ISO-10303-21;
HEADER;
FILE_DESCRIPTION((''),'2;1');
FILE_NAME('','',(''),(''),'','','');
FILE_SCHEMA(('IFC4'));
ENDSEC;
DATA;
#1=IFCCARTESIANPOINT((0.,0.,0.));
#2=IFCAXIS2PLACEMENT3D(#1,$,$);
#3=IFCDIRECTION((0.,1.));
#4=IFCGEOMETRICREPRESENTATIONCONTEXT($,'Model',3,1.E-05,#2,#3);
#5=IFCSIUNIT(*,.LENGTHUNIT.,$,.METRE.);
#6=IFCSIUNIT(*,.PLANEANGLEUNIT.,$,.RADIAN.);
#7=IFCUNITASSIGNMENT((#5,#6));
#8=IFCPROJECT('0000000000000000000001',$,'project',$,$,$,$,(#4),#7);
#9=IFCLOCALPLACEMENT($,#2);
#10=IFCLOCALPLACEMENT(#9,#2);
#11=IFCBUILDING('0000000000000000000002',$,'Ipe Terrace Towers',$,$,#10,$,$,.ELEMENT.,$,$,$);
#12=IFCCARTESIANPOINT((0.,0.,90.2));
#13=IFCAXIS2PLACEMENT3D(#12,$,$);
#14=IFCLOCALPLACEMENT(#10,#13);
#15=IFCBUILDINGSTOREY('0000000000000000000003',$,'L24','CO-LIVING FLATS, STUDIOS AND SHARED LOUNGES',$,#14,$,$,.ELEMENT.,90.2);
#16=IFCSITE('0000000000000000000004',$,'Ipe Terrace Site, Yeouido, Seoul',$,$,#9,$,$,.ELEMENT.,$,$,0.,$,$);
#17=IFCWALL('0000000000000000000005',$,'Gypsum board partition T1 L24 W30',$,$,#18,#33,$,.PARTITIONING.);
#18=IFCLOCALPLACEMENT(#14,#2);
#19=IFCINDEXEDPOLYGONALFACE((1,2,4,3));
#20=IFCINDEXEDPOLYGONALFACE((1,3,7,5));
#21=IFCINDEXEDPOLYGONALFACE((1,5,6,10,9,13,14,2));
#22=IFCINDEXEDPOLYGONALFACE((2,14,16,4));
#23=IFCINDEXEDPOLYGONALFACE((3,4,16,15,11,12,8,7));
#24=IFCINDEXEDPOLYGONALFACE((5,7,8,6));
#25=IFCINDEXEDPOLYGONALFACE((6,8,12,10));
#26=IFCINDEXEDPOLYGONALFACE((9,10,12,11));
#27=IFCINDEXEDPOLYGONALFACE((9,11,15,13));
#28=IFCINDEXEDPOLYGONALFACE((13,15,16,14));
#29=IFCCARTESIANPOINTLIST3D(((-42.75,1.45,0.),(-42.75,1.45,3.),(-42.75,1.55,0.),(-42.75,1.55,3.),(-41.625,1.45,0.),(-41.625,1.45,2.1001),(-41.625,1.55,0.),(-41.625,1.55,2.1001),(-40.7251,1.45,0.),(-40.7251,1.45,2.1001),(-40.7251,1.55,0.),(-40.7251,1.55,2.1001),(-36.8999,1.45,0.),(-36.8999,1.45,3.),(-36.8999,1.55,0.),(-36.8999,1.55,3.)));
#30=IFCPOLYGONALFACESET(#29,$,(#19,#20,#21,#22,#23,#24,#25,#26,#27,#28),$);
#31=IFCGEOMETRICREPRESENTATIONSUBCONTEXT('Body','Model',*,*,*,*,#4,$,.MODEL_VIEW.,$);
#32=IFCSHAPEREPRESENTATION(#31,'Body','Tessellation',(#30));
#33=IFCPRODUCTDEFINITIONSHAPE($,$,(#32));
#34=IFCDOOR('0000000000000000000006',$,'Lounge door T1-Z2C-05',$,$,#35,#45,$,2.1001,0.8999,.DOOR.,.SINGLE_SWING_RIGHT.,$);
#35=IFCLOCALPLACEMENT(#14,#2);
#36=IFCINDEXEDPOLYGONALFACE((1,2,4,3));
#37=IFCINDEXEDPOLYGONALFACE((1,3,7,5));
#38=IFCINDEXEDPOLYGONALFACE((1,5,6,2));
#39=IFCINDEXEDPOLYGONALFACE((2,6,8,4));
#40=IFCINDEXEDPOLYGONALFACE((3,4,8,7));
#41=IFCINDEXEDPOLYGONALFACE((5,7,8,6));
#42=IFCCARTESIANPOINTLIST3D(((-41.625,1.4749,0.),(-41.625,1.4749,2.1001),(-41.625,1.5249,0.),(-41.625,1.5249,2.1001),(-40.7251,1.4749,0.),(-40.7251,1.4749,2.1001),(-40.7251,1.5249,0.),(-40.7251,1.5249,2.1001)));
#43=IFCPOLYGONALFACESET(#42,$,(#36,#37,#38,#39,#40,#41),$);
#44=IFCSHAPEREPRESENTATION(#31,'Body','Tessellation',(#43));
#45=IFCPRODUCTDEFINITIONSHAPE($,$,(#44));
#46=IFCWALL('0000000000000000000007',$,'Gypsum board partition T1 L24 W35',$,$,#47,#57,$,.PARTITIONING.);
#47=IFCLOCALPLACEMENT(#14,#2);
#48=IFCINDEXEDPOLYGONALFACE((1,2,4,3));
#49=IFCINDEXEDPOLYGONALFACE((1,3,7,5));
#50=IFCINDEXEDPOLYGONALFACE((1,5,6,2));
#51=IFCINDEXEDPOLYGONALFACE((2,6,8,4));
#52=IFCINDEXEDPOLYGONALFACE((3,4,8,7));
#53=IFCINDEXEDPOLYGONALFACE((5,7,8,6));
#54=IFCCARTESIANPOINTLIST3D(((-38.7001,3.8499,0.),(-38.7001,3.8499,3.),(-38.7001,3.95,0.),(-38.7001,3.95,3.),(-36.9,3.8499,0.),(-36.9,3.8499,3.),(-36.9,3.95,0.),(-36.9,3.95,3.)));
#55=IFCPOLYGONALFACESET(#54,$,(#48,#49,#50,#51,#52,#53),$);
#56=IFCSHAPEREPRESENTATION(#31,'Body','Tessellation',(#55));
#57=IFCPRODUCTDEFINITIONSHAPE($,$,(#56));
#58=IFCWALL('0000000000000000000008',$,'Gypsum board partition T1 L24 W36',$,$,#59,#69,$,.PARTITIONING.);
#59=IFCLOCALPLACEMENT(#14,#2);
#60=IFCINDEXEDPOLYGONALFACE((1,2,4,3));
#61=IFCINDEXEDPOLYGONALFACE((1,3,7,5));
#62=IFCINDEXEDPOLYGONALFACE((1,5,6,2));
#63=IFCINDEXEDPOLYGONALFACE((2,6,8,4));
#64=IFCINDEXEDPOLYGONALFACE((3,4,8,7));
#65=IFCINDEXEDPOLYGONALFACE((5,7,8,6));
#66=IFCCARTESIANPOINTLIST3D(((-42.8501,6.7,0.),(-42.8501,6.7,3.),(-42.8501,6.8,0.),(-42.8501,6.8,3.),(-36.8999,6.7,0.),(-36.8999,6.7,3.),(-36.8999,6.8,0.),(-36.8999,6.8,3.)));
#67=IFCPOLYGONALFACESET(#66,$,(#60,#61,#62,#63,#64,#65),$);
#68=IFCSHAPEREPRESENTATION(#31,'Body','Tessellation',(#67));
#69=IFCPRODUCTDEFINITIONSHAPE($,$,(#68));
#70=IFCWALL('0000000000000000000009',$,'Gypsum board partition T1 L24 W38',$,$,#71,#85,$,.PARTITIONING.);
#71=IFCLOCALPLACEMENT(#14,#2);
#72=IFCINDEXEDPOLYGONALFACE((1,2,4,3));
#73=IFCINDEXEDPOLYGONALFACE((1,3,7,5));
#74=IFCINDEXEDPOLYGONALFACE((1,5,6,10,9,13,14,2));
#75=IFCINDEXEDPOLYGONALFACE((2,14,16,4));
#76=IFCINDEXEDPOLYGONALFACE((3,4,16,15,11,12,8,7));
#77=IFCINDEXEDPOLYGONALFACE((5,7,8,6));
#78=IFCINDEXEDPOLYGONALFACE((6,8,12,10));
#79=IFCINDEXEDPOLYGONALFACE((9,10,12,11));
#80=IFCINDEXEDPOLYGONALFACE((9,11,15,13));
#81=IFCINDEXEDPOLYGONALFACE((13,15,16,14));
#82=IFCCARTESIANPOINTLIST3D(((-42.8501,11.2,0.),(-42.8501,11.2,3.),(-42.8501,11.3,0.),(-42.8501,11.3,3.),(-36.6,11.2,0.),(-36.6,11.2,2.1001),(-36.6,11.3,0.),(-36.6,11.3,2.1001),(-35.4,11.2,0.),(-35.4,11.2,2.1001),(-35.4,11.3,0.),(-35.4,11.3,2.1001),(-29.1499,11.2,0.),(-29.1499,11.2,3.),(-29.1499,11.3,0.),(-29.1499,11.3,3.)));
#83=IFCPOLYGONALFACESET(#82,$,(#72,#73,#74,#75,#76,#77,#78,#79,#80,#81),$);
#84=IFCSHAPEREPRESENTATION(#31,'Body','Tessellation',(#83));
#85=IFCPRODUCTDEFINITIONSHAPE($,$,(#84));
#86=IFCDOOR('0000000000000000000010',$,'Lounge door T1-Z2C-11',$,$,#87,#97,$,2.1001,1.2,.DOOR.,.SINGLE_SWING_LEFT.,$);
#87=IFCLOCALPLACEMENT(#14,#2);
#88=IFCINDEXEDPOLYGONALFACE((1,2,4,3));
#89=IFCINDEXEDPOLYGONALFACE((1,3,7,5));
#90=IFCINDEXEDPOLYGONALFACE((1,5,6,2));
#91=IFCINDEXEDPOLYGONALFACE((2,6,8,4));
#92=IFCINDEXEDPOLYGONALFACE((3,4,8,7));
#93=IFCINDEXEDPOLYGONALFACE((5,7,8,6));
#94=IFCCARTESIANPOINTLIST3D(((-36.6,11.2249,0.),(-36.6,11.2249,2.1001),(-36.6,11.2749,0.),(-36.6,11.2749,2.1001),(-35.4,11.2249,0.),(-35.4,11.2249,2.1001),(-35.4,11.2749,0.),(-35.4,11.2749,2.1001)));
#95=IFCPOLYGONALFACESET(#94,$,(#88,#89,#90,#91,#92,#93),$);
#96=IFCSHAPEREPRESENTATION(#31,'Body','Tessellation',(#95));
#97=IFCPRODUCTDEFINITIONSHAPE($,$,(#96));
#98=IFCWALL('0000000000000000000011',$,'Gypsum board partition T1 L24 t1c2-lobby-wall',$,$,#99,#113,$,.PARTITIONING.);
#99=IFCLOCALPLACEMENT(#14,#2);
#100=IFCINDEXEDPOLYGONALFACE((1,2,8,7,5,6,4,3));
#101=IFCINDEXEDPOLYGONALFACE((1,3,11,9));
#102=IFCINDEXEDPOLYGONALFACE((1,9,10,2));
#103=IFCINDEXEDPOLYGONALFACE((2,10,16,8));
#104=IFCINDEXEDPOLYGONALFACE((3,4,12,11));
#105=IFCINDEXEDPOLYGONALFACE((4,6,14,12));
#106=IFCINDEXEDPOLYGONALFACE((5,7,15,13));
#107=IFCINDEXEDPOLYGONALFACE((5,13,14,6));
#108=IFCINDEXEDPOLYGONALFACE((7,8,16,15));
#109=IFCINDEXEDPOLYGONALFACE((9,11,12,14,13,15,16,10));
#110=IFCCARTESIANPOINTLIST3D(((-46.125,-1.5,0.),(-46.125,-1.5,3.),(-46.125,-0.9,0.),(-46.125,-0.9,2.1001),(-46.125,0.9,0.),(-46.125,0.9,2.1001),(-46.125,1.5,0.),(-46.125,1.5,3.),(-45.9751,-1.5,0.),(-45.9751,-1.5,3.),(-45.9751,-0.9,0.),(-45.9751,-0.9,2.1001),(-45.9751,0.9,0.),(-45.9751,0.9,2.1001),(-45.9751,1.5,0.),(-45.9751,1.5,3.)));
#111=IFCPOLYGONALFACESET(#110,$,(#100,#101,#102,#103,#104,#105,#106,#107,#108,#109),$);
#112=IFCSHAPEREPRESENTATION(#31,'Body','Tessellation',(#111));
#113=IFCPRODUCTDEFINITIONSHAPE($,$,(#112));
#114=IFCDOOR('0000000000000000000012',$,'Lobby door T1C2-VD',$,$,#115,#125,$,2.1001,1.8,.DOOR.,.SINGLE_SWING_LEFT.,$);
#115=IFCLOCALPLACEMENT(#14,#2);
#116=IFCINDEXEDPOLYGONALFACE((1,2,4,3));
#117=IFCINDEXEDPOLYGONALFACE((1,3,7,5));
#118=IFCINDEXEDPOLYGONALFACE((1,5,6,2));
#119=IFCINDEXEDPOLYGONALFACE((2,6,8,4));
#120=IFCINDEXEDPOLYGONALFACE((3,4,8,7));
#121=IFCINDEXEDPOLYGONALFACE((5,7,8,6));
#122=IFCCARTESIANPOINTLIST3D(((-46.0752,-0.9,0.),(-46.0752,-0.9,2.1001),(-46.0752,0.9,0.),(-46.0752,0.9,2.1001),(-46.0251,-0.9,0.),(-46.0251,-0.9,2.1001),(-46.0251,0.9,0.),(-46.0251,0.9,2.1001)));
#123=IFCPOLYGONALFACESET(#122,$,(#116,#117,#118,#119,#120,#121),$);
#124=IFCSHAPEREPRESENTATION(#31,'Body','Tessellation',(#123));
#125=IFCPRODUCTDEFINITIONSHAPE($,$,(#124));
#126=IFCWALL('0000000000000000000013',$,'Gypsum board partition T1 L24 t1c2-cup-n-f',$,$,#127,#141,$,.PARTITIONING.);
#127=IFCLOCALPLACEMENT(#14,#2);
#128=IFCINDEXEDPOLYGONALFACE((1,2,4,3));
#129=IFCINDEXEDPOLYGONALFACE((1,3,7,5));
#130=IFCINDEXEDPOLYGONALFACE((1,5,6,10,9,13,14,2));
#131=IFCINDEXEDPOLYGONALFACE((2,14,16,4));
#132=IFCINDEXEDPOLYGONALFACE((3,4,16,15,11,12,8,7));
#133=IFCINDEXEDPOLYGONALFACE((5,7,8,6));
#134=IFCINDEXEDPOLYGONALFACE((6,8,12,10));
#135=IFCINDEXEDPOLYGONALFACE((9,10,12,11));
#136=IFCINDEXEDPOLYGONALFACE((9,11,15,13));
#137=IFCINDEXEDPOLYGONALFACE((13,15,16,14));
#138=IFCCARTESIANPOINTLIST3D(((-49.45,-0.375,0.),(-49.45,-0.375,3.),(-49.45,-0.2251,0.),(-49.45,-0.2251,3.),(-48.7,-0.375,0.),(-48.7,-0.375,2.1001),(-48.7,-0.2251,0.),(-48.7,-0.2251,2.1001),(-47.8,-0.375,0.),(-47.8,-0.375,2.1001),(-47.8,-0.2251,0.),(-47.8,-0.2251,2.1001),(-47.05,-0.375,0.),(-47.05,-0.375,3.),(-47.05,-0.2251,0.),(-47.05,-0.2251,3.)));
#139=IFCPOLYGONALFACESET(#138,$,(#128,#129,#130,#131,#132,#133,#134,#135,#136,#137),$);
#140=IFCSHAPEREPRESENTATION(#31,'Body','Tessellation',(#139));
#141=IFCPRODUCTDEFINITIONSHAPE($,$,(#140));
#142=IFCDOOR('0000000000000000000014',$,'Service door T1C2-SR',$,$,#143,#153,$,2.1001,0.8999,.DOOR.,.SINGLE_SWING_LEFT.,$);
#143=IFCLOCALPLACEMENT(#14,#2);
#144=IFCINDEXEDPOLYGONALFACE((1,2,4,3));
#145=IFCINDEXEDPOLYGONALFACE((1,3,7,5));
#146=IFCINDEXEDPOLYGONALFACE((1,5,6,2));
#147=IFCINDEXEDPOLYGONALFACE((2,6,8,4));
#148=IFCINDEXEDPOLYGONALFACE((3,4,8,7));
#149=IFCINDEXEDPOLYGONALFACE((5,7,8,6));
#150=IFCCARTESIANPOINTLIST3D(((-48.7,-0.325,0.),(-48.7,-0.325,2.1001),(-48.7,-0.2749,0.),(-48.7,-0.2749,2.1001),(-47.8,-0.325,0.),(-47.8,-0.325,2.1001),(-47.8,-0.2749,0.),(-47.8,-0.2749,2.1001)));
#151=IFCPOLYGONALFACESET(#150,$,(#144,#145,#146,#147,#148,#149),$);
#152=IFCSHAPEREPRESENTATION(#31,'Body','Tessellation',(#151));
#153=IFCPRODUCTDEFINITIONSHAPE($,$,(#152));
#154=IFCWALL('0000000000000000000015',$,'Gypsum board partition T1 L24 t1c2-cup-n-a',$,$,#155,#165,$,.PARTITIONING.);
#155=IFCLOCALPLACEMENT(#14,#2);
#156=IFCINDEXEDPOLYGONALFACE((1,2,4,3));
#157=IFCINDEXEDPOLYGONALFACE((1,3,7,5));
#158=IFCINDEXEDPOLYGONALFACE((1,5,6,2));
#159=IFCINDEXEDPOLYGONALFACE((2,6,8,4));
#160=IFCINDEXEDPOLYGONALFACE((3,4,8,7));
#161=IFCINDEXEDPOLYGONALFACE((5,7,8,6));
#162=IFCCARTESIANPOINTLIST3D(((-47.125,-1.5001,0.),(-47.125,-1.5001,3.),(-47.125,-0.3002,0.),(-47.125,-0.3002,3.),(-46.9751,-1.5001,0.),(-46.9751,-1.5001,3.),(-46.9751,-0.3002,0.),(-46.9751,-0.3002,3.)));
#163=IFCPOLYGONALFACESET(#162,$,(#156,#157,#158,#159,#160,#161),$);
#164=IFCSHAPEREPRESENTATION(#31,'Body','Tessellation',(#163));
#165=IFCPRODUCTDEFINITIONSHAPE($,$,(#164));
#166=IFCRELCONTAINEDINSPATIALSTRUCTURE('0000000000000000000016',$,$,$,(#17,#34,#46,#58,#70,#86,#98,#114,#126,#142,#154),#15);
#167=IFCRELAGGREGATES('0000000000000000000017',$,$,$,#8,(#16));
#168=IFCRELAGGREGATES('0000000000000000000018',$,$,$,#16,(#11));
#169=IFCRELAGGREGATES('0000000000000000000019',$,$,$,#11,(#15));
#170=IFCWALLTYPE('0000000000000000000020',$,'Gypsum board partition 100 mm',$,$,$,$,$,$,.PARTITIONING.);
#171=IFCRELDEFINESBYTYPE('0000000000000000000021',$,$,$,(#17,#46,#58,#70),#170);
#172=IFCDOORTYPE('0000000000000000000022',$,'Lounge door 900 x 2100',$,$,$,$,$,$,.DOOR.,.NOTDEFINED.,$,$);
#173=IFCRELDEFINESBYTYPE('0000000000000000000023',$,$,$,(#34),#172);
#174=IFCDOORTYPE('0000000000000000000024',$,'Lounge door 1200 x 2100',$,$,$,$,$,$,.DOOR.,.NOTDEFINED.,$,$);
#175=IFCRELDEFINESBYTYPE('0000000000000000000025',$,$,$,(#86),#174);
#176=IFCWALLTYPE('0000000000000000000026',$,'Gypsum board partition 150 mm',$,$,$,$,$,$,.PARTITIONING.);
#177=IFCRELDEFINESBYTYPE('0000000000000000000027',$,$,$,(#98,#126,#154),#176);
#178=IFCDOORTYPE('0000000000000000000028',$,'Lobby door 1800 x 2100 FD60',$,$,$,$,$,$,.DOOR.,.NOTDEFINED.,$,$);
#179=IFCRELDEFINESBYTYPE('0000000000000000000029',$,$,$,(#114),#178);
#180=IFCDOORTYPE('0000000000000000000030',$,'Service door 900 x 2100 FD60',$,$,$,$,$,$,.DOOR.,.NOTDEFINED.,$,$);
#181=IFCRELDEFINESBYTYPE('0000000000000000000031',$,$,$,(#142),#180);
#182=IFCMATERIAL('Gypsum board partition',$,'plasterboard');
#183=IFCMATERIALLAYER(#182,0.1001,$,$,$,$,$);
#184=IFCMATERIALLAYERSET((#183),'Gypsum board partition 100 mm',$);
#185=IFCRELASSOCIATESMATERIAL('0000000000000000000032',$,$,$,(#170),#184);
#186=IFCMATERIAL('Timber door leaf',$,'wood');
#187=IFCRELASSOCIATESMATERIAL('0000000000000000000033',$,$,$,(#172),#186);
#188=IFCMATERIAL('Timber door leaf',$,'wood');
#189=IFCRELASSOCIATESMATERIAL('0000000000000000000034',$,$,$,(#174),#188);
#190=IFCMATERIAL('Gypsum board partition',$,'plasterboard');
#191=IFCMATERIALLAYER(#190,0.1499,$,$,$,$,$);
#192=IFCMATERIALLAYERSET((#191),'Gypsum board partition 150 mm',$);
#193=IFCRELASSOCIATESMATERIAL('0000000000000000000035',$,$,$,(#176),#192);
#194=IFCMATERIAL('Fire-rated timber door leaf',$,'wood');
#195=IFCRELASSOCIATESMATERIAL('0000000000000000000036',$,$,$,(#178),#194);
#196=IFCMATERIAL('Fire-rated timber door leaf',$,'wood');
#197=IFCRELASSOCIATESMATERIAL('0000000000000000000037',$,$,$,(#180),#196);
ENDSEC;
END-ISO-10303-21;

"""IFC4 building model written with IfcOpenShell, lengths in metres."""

from ifc_helpers import new_model, si_unit, direction, frame, frame_2d, origin, place, context, subcontext, project, spatial, rectangle, extrude, material, layer, layer_set, type_object, element, fill, save


model = new_model("IFC4")

# Units and contexts
model_context = context("Model", 3, precision=1e-05, world=origin(), true_north=direction((0.0, 1.0)))
body_context = subcontext(model_context, "Body", "Model", "MODEL_VIEW")
ifc_project = project(units=[si_unit("LENGTHUNIT", "METRE"), si_unit("PLANEANGLEUNIT", "RADIAN")], contexts=[model_context])

# Site, building, storey
site_placement = place(None, origin())
site = spatial("IfcSite", under=ifc_project, at=site_placement, Name="Ipe Terrace Site, Yeouido, Seoul", CompositionType="ELEMENT", RefElevation=0.0)
building_placement = place(site_placement, origin())
building = spatial("IfcBuilding", under=site, at=building_placement, Name="Ipe Terrace Towers", CompositionType="ELEMENT")
storey_placement = place(building_placement, frame((0.0, 0.0, 90.2)))
storey = spatial("IfcBuildingStorey", under=building, at=storey_placement, Name="L24", Description="CO-LIVING FLATS, STUDIOS AND SHARED LOUNGES", CompositionType="ELEMENT", Elevation=90.2)

# Shared definitions
ifc_material_1 = material(Name="Gypsum board partition", Category="plasterboard")
ifc_layer_1 = layer(ifc_material_1, 0.1001)
ifc_layer_set_1 = layer_set([ifc_layer_1], Name="Gypsum board partition 100 mm")
wall_type_1 = type_object("IfcWallType", Name="Gypsum board partition 100 mm", PredefinedType="PARTITIONING", material=ifc_layer_set_1)

# Wall, opening, door
ifc_material_2 = material(Name="Timber door leaf", Category="wood")
door_type_1 = type_object("IfcDoorType", Name="Lounge door 900 x 2100", OperationType="NOTDEFINED", PredefinedType="DOOR", material=ifc_material_2)
wall_1_placement = place(storey_placement, frame((-42.75, 1.5, 0.0), z_axis=(0.0, 0.0, 1.0), x_axis=(1.0, 0.0, 0.0)))
wall_1 = element("IfcWall", 1, at=wall_1_placement, inside=storey, type_object=wall_type_1, Name="Gypsum board partition T1 L24 W30", PredefinedType="PARTITIONING", context=body_context, shape_type="SweptSolid", body=[
    extrude(rectangle(XDim=5.8501, YDim=0.1001, at=frame_2d((2.925, 0.0))), origin(), (0.0, 0.0, 1.0), 3.0),
])
opening_1_placement = place(wall_1_placement, frame((1.125, 0.0, 0.0)))
opening_1 = element("IfcOpeningElement", 2, at=opening_1_placement, cuts=wall_1, PredefinedType="OPENING", context=body_context, shape_type="SweptSolid", body=[
    extrude(rectangle(XDim=0.8999, YDim=2.1001, at=frame_2d((0.45, 1.05))), frame((0.0, 0.0601, 0.0), z_axis=(0.0, -1.0, 0.0), x_axis=(1.0, 0.0, 0.0)), (0.0, 0.0, 1.0), 0.1201),
])
door_1_placement = place(opening_1_placement, origin())
door_1 = element("IfcDoor", 3, at=door_1_placement, inside=storey, type_object=door_type_1, Name="Lounge door T1-Z2C-05", OperationType="SINGLE_SWING_RIGHT", OverallHeight=2.1001, OverallWidth=0.8999, PredefinedType="DOOR", context=body_context, shape_type="SweptSolid", body=[
    extrude(rectangle(XDim=0.8999, YDim=2.1001, at=frame_2d((0.45, 1.05))), frame((0.0, 0.0249, 0.0), z_axis=(0.0, -1.0, 0.0), x_axis=(1.0, 0.0, 0.0)), (0.0, 0.0, 1.0), 0.05),
])
fill(opening_1, door_1)

# Walls
wall_2_placement = place(storey_placement, frame((-38.7, 3.8999, 0.0), z_axis=(0.0, 0.0, 1.0), x_axis=(1.0, 0.0, 0.0)))
element("IfcWall", 4, at=wall_2_placement, inside=storey, type_object=wall_type_1, Name="Gypsum board partition T1 L24 W35", PredefinedType="PARTITIONING", context=body_context, shape_type="SweptSolid", body=[
    extrude(rectangle(XDim=1.8, YDim=0.1001, at=frame_2d((0.8999, 0.0))), origin(), (0.0, 0.0, 1.0), 3.0),
])
wall_3_placement = place(storey_placement, frame((-42.8501, 6.75, 0.0), z_axis=(0.0, 0.0, 1.0), x_axis=(1.0, 0.0, 0.0)))
element("IfcWall", 5, at=wall_3_placement, inside=storey, type_object=wall_type_1, Name="Gypsum board partition T1 L24 W36", PredefinedType="PARTITIONING", context=body_context, shape_type="SweptSolid", body=[
    extrude(rectangle(XDim=5.9502, YDim=0.1001, at=frame_2d((2.9751, 0.0))), origin(), (0.0, 0.0, 1.0), 3.0),
])

# Walls, openings, doors
wall_4_placement = place(storey_placement, frame((-42.8501, 11.25, 0.0), z_axis=(0.0, 0.0, 1.0), x_axis=(1.0, 0.0, 0.0)))
wall_4 = element("IfcWall", 6, at=wall_4_placement, inside=storey, type_object=wall_type_1, Name="Gypsum board partition T1 L24 W38", PredefinedType="PARTITIONING", context=body_context, shape_type="SweptSolid", body=[
    extrude(rectangle(XDim=13.7002, YDim=0.1001, at=frame_2d((6.8501, 0.0))), origin(), (0.0, 0.0, 1.0), 3.0),
])
opening_2_placement = place(wall_4_placement, frame((6.25, 0.0, 0.0)))
opening_2 = element("IfcOpeningElement", 7, at=opening_2_placement, cuts=wall_4, PredefinedType="OPENING", context=body_context, shape_type="SweptSolid", body=[
    extrude(rectangle(XDim=1.2, YDim=2.1001, at=frame_2d((0.6001, 1.05))), frame((0.0, 0.0601, 0.0), z_axis=(0.0, -1.0, 0.0), x_axis=(1.0, 0.0, 0.0)), (0.0, 0.0, 1.0), 0.1201),
])
ifc_material_3 = material(Name="Timber door leaf", Category="wood")
door_type_2 = type_object("IfcDoorType", Name="Lounge door 1200 x 2100", OperationType="NOTDEFINED", PredefinedType="DOOR", material=ifc_material_3)
door_2_placement = place(opening_2_placement, origin())
door_2 = element("IfcDoor", 8, at=door_2_placement, inside=storey, type_object=door_type_2, Name="Lounge door T1-Z2C-11", OperationType="SINGLE_SWING_LEFT", OverallHeight=2.1001, OverallWidth=1.2, PredefinedType="DOOR", context=body_context, shape_type="SweptSolid", body=[
    extrude(rectangle(XDim=1.2, YDim=2.1001, at=frame_2d((0.6001, 1.05))), frame((0.0, 0.0249, 0.0), z_axis=(0.0, -1.0, 0.0), x_axis=(1.0, 0.0, 0.0)), (0.0, 0.0, 1.0), 0.05),
])
fill(opening_2, door_2)
ifc_material_4 = material(Name="Gypsum board partition", Category="plasterboard")
ifc_layer_2 = layer(ifc_material_4, 0.1499)
ifc_layer_set_2 = layer_set([ifc_layer_2], Name="Gypsum board partition 150 mm")
wall_type_2 = type_object("IfcWallType", Name="Gypsum board partition 150 mm", PredefinedType="PARTITIONING", material=ifc_layer_set_2)
wall_5_placement = place(storey_placement, frame((-46.05, 1.5, 0.0), z_axis=(0.0, 0.0, 1.0), x_axis=(0.0, -1.0, 0.0)))
wall_5 = element("IfcWall", 9, at=wall_5_placement, inside=storey, type_object=wall_type_2, Name="Gypsum board partition T1 L24 t1c2-lobby-wall", PredefinedType="PARTITIONING", context=body_context, shape_type="SweptSolid", body=[
    extrude(rectangle(XDim=3.0, YDim=0.1499, at=frame_2d((1.5, 0.0))), origin(), (0.0, 0.0, 1.0), 3.0),
])
opening_3_placement = place(wall_5_placement, frame((0.6001, 0.0, 0.0)))
opening_3 = element("IfcOpeningElement", 10, at=opening_3_placement, cuts=wall_5, PredefinedType="OPENING", context=body_context, shape_type="SweptSolid", body=[
    extrude(rectangle(XDim=1.8, YDim=2.1001, at=frame_2d((0.8999, 1.05))), frame((0.0, 0.085, 0.0), z_axis=(0.0, -1.0, 0.0), x_axis=(1.0, 0.0, 0.0)), (0.0, 0.0, 1.0), 0.1699),
])
ifc_material_5 = material(Name="Fire-rated timber door leaf", Category="wood")
door_type_3 = type_object("IfcDoorType", Name="Lobby door 1800 x 2100 FD60", OperationType="NOTDEFINED", PredefinedType="DOOR", material=ifc_material_5)
door_3_placement = place(opening_3_placement, origin())
door_3 = element("IfcDoor", 11, at=door_3_placement, inside=storey, type_object=door_type_3, Name="Lobby door T1C2-VD", OperationType="SINGLE_SWING_LEFT", OverallHeight=2.1001, OverallWidth=1.8, PredefinedType="DOOR", context=body_context, shape_type="SweptSolid", body=[
    extrude(rectangle(XDim=1.8, YDim=2.1001, at=frame_2d((0.8999, 1.05))), frame((0.0, 0.0249, 0.0), z_axis=(0.0, -1.0, 0.0), x_axis=(1.0, 0.0, 0.0)), (0.0, 0.0, 1.0), 0.05),
])
fill(opening_3, door_3)
wall_6_placement = place(storey_placement, frame((-47.05, -0.3, 0.0), z_axis=(0.0, 0.0, 1.0), x_axis=(-1.0, 0.0, 0.0)))
wall_6 = element("IfcWall", 12, at=wall_6_placement, inside=storey, type_object=wall_type_2, Name="Gypsum board partition T1 L24 t1c2-cup-n-f", PredefinedType="PARTITIONING", context=body_context, shape_type="SweptSolid", body=[
    extrude(rectangle(XDim=2.3999, YDim=0.1499, at=frame_2d((1.2, 0.0))), origin(), (0.0, 0.0, 1.0), 3.0),
])
opening_4_placement = place(wall_6_placement, frame((0.75, 0.0, 0.0)))
opening_4 = element("IfcOpeningElement", 13, at=opening_4_placement, cuts=wall_6, PredefinedType="OPENING", context=body_context, shape_type="SweptSolid", body=[
    extrude(rectangle(XDim=0.8999, YDim=2.1001, at=frame_2d((0.45, 1.05))), frame((0.0, 0.085, 0.0), z_axis=(0.0, -1.0, 0.0), x_axis=(1.0, 0.0, 0.0)), (0.0, 0.0, 1.0), 0.1699),
])
ifc_material_6 = material(Name="Fire-rated timber door leaf", Category="wood")
door_type_4 = type_object("IfcDoorType", Name="Service door 900 x 2100 FD60", OperationType="NOTDEFINED", PredefinedType="DOOR", material=ifc_material_6)
door_4_placement = place(opening_4_placement, origin())
door_4 = element("IfcDoor", 14, at=door_4_placement, inside=storey, type_object=door_type_4, Name="Service door T1C2-SR", OperationType="SINGLE_SWING_LEFT", OverallHeight=2.1001, OverallWidth=0.8999, PredefinedType="DOOR", context=body_context, shape_type="SweptSolid", body=[
    extrude(rectangle(XDim=0.8999, YDim=2.1001, at=frame_2d((0.45, 1.05))), frame((0.0, 0.0249, 0.0), z_axis=(0.0, -1.0, 0.0), x_axis=(1.0, 0.0, 0.0)), (0.0, 0.0, 1.0), 0.05),
])
fill(opening_4, door_4)

# Wall
wall_7_placement = place(storey_placement, frame((-47.05, -0.3, 0.0), z_axis=(0.0, 0.0, 1.0), x_axis=(0.0, -1.0, 0.0)))
element("IfcWall", 15, at=wall_7_placement, inside=storey, type_object=wall_type_2, Name="Gypsum board partition T1 L24 t1c2-cup-n-a", PredefinedType="PARTITIONING", context=body_context, shape_type="SweptSolid", body=[
    extrude(rectangle(XDim=1.2, YDim=0.1499, at=frame_2d((0.6001, 0.0))), origin(), (0.0, 0.0, 1.0), 3.0),
])

save(model, "model.ifc")
